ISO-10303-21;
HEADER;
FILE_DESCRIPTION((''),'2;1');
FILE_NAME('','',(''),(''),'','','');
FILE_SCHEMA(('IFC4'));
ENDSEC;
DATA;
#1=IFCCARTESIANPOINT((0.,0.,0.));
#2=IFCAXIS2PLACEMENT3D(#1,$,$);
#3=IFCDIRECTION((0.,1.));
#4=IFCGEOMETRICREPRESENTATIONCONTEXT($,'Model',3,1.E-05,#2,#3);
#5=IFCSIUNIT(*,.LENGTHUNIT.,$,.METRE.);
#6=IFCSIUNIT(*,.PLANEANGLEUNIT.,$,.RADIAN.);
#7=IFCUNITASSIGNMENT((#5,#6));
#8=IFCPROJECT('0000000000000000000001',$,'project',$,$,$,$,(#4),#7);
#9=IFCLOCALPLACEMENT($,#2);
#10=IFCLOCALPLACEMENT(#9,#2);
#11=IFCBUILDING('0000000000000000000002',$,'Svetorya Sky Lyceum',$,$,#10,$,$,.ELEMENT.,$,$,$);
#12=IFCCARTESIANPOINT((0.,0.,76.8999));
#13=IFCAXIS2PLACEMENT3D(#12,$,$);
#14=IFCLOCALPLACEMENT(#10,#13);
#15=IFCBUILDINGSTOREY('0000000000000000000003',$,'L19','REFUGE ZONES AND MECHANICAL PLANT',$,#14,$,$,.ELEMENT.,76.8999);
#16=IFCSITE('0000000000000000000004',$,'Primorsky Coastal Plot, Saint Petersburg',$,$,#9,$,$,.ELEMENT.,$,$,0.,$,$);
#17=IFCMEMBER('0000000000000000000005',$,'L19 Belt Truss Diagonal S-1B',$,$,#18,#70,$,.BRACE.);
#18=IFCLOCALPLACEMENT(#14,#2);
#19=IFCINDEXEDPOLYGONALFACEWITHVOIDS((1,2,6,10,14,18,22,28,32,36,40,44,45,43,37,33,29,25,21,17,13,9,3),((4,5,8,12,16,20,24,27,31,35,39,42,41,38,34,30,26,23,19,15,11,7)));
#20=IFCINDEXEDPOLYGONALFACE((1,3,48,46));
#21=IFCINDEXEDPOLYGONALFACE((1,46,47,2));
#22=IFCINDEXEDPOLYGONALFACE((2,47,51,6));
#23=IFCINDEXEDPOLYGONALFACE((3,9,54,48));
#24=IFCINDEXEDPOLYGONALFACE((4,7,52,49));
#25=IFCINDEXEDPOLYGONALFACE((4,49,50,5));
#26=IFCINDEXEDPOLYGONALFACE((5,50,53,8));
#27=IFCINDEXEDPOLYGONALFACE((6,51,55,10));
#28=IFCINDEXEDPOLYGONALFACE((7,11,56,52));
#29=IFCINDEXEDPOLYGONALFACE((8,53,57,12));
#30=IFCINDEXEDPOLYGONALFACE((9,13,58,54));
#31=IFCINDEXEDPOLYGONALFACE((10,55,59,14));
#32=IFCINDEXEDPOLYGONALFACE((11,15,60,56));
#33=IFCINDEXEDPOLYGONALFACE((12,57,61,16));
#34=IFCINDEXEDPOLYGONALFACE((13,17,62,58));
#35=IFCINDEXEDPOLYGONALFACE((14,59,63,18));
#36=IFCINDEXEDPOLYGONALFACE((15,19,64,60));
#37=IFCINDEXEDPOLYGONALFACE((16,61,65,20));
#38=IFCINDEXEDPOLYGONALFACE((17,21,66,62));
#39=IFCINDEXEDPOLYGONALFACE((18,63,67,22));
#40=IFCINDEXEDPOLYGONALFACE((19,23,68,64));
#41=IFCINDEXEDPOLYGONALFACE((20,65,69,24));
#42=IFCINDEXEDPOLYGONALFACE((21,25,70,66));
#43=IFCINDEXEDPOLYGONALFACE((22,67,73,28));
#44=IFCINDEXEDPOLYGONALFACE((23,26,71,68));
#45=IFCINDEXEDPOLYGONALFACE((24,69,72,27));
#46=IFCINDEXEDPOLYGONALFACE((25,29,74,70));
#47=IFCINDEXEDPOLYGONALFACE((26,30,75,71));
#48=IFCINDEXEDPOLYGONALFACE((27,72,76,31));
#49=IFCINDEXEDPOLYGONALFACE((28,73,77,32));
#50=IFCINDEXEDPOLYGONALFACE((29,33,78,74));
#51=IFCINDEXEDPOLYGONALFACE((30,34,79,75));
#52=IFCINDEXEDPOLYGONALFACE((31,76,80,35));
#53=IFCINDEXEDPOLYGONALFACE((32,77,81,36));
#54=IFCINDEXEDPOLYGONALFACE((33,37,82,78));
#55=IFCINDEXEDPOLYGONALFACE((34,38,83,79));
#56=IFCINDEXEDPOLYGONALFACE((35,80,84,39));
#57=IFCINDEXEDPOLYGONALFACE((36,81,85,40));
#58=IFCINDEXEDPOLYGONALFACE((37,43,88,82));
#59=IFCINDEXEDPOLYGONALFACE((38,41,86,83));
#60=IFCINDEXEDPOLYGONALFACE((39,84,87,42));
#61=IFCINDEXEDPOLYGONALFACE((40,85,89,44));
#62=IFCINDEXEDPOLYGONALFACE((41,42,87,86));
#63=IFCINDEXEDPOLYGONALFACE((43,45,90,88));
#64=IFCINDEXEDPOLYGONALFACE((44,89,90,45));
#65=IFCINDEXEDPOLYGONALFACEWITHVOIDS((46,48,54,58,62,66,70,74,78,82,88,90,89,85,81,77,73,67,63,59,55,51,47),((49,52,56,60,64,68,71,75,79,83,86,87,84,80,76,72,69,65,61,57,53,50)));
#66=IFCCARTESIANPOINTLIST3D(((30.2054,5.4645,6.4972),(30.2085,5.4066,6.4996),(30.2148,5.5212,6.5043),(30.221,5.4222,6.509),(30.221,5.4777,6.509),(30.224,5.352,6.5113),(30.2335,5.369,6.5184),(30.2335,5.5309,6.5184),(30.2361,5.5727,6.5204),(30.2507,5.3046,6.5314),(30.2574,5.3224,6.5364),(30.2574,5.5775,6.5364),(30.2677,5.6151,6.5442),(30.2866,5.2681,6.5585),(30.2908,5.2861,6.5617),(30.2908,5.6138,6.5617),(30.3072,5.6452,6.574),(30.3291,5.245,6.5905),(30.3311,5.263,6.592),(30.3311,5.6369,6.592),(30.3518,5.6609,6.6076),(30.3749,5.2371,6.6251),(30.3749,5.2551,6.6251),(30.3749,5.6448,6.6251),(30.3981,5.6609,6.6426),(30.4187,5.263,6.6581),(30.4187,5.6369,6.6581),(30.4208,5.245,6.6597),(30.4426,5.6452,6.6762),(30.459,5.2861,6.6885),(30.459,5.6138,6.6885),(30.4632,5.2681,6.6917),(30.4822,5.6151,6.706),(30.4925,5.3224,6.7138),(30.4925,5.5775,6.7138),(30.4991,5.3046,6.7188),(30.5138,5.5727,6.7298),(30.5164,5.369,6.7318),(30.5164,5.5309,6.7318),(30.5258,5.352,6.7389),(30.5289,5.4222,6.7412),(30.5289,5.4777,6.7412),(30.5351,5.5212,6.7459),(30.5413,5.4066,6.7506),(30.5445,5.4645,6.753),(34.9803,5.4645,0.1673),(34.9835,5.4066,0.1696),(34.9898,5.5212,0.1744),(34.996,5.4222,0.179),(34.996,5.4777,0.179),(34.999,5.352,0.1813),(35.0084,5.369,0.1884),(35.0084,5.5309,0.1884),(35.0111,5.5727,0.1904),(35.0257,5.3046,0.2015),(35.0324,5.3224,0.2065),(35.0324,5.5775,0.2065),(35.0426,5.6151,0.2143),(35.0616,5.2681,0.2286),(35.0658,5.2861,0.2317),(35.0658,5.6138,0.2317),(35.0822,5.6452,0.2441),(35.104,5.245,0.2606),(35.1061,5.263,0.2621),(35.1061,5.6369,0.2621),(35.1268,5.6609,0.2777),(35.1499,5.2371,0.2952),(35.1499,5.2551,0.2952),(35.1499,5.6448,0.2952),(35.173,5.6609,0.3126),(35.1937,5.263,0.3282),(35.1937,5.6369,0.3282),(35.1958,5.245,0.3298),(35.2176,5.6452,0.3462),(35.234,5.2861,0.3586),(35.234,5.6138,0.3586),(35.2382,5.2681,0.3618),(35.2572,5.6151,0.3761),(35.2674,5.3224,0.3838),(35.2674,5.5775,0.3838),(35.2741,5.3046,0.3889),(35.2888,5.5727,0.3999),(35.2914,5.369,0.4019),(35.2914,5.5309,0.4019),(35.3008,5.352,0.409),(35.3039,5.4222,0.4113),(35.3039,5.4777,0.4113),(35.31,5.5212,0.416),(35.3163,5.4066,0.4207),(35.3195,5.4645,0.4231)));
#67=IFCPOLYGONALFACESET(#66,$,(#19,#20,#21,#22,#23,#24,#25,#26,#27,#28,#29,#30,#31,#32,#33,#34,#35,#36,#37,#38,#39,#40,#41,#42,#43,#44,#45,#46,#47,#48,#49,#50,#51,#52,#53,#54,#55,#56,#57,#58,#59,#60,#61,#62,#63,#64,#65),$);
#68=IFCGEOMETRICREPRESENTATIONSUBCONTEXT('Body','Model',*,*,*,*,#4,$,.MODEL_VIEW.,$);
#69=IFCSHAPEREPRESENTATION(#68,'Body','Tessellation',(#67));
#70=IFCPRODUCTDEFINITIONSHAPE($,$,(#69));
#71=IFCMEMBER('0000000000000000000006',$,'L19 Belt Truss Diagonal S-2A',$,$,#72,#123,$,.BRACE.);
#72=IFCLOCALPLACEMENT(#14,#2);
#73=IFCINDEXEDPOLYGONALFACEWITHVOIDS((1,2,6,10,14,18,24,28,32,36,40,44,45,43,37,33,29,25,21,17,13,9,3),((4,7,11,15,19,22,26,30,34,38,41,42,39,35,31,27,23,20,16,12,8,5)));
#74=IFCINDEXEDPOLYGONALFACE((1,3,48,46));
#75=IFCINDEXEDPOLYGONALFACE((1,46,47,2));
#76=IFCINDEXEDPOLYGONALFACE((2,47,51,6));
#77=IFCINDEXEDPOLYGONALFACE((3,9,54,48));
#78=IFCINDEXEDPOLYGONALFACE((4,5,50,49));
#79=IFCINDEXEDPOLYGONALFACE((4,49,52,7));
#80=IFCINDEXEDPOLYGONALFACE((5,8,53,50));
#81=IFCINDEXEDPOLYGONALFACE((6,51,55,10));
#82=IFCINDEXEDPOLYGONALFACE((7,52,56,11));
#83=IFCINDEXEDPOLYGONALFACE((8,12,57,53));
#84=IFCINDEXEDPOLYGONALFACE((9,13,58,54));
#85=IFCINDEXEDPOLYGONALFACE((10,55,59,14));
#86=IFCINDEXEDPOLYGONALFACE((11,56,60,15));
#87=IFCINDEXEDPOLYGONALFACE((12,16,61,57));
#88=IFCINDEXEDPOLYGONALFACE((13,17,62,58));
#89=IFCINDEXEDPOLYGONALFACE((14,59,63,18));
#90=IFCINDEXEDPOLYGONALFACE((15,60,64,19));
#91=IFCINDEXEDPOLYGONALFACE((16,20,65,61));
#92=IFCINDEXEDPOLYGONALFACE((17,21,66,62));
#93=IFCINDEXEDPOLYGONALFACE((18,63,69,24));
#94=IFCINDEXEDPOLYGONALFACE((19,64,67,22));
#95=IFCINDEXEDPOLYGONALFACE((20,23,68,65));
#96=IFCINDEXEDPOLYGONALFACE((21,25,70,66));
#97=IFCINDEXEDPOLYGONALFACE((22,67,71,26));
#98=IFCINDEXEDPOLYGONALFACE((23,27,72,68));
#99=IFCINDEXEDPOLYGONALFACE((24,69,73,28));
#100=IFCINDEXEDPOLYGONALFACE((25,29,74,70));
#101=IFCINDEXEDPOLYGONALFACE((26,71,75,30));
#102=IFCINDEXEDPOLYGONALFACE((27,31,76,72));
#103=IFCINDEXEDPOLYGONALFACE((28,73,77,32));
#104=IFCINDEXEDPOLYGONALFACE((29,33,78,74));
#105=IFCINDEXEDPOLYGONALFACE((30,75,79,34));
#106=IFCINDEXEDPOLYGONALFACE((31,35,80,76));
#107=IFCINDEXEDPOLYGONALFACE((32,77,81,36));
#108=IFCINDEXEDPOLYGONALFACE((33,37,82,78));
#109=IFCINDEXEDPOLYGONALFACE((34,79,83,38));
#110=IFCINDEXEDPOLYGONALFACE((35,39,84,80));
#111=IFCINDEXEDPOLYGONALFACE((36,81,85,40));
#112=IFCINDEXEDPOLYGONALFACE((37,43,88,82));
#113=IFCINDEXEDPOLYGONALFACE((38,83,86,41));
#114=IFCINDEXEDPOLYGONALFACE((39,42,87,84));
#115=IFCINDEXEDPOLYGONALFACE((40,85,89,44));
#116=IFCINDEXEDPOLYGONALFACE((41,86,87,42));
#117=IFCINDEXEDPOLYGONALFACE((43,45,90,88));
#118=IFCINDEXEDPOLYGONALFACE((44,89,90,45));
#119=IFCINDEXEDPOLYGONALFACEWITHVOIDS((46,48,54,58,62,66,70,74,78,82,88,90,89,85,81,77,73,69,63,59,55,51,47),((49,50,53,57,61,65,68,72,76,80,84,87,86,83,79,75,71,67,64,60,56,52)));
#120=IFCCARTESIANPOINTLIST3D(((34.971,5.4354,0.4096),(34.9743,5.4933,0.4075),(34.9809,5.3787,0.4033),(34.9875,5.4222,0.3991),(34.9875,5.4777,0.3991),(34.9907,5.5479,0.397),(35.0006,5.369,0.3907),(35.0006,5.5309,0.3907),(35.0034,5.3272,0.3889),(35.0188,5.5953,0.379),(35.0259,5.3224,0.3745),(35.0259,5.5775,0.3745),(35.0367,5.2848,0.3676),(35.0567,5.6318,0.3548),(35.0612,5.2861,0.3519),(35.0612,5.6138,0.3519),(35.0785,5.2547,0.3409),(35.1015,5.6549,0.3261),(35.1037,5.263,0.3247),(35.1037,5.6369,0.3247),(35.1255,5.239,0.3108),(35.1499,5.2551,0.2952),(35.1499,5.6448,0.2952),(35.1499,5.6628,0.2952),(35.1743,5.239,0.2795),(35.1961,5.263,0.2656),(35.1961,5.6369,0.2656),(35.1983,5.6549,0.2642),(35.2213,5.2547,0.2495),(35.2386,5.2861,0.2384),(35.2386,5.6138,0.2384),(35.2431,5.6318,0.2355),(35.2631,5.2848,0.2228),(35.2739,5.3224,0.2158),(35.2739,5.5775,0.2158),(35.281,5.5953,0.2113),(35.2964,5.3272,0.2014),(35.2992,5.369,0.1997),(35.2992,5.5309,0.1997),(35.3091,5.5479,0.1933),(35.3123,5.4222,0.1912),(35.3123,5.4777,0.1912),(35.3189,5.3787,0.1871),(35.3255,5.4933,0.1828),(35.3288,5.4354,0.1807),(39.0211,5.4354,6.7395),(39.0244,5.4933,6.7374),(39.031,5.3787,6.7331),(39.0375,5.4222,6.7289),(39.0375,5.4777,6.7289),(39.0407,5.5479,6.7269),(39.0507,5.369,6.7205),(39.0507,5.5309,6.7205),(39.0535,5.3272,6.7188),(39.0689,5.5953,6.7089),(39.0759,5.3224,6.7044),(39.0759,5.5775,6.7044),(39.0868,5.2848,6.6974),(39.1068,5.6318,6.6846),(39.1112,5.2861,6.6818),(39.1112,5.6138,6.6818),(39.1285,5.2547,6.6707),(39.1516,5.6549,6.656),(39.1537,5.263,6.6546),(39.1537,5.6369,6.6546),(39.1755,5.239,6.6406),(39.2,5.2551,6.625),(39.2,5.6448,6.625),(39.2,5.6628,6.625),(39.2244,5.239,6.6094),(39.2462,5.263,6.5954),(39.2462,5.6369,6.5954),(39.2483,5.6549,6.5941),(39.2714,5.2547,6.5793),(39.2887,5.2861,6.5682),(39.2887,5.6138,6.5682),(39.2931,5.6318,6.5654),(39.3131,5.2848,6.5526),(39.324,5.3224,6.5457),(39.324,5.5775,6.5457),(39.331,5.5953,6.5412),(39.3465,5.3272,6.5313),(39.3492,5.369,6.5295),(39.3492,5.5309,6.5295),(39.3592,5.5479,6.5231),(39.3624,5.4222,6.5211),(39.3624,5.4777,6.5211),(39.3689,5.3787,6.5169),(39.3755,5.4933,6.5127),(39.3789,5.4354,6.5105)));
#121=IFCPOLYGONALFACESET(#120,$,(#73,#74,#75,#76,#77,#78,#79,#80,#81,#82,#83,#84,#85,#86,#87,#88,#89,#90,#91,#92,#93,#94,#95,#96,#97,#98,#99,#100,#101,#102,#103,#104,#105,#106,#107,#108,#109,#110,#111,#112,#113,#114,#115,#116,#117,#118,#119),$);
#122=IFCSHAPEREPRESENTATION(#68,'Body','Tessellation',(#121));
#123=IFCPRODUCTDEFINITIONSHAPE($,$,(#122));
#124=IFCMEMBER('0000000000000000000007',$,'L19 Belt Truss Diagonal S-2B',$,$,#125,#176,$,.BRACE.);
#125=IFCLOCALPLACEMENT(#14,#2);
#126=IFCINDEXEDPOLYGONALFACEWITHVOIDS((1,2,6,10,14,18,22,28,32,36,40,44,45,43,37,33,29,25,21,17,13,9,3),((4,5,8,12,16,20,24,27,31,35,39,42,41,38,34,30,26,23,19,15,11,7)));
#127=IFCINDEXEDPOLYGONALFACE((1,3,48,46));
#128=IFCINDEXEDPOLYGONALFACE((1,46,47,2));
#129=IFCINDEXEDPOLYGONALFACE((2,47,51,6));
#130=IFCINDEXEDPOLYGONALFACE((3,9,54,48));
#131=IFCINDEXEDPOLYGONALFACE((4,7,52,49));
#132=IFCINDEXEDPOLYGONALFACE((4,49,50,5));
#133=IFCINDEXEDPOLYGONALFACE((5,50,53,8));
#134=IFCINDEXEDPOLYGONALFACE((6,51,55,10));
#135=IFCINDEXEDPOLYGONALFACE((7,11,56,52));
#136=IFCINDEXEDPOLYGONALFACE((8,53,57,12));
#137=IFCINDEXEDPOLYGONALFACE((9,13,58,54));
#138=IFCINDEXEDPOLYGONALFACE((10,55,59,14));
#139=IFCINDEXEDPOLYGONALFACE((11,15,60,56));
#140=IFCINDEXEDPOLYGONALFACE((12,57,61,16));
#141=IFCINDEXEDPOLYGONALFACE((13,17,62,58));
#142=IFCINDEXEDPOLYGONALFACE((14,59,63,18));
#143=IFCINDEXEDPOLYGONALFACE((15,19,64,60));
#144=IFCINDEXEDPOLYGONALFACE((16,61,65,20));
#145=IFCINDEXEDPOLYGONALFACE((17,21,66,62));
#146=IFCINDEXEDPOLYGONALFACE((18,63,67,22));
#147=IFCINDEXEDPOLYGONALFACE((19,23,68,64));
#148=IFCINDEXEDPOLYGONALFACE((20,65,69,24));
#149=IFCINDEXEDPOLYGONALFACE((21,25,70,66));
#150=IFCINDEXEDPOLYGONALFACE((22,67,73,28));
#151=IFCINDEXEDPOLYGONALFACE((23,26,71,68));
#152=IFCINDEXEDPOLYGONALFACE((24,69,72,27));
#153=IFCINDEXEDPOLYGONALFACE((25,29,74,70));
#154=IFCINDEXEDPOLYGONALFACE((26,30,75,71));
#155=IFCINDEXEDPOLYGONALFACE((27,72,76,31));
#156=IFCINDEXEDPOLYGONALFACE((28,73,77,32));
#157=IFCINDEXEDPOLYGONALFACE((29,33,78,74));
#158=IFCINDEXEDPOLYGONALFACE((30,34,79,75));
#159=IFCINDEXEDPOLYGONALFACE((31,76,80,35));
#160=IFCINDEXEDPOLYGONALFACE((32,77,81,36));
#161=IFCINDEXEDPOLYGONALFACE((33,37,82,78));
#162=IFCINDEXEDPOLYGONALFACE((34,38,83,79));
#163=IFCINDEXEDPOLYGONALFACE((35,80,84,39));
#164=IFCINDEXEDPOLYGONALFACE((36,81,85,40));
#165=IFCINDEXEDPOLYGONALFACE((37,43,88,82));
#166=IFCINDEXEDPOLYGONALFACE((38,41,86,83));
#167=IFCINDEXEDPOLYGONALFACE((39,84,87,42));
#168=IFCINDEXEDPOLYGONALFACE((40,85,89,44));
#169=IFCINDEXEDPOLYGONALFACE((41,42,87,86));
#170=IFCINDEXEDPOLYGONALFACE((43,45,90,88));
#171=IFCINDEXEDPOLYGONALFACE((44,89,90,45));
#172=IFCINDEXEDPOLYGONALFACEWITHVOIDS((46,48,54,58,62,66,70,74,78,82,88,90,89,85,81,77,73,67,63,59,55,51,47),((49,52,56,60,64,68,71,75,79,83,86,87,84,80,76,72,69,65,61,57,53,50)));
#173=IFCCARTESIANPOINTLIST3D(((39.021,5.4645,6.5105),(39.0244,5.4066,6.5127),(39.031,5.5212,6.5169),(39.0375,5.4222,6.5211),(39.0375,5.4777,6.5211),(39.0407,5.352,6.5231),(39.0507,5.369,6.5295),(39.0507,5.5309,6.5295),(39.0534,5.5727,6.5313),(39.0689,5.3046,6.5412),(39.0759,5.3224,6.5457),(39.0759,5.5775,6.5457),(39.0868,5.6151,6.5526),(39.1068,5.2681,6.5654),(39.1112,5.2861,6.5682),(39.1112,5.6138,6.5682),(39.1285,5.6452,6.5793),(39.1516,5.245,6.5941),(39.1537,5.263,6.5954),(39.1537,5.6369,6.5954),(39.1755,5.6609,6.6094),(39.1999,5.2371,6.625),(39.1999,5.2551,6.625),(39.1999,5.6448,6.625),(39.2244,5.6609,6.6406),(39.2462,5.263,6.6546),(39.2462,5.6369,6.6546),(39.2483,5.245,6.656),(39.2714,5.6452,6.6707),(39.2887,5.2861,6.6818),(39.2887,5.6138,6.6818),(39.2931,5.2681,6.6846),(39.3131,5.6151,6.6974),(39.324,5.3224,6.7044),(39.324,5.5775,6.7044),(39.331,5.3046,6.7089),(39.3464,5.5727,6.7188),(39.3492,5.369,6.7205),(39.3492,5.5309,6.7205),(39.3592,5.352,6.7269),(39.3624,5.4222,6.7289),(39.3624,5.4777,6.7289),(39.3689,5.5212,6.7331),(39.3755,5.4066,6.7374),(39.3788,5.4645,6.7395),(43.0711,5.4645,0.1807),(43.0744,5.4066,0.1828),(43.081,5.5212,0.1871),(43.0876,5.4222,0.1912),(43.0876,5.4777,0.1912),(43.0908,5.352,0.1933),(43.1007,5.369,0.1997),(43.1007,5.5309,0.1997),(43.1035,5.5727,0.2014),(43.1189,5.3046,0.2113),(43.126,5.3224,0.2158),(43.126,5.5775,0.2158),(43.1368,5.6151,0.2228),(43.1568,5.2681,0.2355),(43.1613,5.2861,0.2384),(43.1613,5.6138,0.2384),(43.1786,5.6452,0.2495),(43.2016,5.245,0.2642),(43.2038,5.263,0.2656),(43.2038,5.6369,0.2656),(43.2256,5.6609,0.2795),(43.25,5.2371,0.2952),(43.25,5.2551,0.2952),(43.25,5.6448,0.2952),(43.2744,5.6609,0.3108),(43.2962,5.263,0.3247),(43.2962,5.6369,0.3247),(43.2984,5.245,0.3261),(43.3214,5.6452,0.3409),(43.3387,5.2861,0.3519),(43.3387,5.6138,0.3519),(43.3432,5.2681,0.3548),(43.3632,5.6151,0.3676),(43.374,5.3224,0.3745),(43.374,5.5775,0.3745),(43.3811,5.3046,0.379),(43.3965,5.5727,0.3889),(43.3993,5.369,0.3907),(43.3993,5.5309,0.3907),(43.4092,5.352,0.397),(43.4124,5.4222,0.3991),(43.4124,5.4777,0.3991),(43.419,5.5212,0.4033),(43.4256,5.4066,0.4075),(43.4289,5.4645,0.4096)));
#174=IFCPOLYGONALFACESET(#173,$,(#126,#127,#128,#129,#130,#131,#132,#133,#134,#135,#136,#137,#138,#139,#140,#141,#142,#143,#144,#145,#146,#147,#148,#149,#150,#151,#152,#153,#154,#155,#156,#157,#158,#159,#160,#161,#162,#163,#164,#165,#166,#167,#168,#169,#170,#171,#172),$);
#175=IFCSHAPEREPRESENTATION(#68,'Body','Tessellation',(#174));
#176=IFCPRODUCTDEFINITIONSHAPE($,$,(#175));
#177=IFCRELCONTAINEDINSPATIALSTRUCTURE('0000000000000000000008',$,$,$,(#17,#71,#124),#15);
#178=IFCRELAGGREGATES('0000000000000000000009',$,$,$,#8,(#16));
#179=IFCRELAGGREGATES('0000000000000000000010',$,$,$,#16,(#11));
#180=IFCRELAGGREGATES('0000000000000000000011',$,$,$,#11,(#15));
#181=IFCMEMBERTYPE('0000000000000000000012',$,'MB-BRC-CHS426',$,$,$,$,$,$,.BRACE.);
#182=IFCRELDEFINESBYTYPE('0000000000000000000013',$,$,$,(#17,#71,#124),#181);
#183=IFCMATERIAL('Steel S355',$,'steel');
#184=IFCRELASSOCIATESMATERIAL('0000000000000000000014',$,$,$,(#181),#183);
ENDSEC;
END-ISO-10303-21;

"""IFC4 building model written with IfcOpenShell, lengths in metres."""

from ifc_helpers import new_model, si_unit, direction, frame, origin, origin_2d, place, context, subcontext, project, spatial, hollow_circle, extrude, material, material_profile, profile_set, type_object, element, save


model = new_model("IFC4")

# Units and contexts
model_context = context("Model", 3, precision=1e-05, world=origin(), true_north=direction((0.0, 1.0)))
body_context = subcontext(model_context, "Body", "Model", "MODEL_VIEW")
ifc_project = project(units=[si_unit("LENGTHUNIT", "METRE"), si_unit("PLANEANGLEUNIT", "RADIAN")], contexts=[model_context])

# Site, building, storey
site_placement = place(None, origin())
site = spatial("IfcSite", under=ifc_project, at=site_placement, Name="Primorsky Coastal Plot, Saint Petersburg", CompositionType="ELEMENT", RefElevation=0.0)
building_placement = place(site_placement, origin())
building = spatial("IfcBuilding", under=site, at=building_placement, Name="Svetorya Sky Lyceum", CompositionType="ELEMENT")
storey_placement = place(building_placement, frame((0.0, 0.0, 76.8999)))
storey = spatial("IfcBuildingStorey", under=building, at=storey_placement, Name="L19", Description="REFUGE ZONES AND MECHANICAL PLANT", CompositionType="ELEMENT", Elevation=76.8999)

# Shared definitions
ifc_material_1 = material(Name="Steel S355", Category="steel")

# Members
ifc_material_profile_1 = material_profile(ifc_material_1, hollow_circle(Radius=0.2129, WallThickness=0.0181, at=origin_2d()), Name="CHS 426x18")
ifc_profile_set_1 = profile_set([ifc_material_profile_1], Name="Steel S355")
member_type_1 = type_object("IfcMemberType", Name="MB-BRC-CHS426", PredefinedType="BRACE", material=ifc_profile_set_1)
member_1_placement = place(storey_placement, frame((35.1499, 5.45, 0.2952), z_axis=(-0.60222, 0.0, 0.79833), x_axis=(0.0, -1.0, 0.0)))
element("IfcMember", 1, at=member_1_placement, inside=storey, type_object=member_type_1, Name="L19 Belt Truss Diagonal S-1B", PredefinedType="BRACE", context=body_context, shape_type="SweptSolid", body=[
    extrude(hollow_circle(Radius=0.2129, WallThickness=0.0181, at=origin_2d()), origin(), (0.0, 0.0, 1.0), 7.929),
])
for number, where, z_axis, x_axis, name in (
    (2, (35.1499, 5.45, 0.2952), (0.538955, 0.0, 0.842335), (0.0, 1.0, 0.0), "L19 Belt Truss Diagonal S-2A"),
    (3, (43.25, 5.45, 0.2952), (-0.538955, 0.0, 0.842335), (0.0, -1.0, 0.0), "L19 Belt Truss Diagonal S-2B"),
):
    element("IfcMember", number, at=place(storey_placement, frame(where, z_axis=z_axis, x_axis=x_axis)), inside=storey, type_object=member_type_1, Name=name, PredefinedType="BRACE", context=body_context, shape_type="SweptSolid", body=[
        extrude(hollow_circle(Radius=0.2129, WallThickness=0.0181, at=origin_2d()), origin(), (0.0, 0.0, 1.0), 7.5146),
    ])

save(model, "model.ifc")
